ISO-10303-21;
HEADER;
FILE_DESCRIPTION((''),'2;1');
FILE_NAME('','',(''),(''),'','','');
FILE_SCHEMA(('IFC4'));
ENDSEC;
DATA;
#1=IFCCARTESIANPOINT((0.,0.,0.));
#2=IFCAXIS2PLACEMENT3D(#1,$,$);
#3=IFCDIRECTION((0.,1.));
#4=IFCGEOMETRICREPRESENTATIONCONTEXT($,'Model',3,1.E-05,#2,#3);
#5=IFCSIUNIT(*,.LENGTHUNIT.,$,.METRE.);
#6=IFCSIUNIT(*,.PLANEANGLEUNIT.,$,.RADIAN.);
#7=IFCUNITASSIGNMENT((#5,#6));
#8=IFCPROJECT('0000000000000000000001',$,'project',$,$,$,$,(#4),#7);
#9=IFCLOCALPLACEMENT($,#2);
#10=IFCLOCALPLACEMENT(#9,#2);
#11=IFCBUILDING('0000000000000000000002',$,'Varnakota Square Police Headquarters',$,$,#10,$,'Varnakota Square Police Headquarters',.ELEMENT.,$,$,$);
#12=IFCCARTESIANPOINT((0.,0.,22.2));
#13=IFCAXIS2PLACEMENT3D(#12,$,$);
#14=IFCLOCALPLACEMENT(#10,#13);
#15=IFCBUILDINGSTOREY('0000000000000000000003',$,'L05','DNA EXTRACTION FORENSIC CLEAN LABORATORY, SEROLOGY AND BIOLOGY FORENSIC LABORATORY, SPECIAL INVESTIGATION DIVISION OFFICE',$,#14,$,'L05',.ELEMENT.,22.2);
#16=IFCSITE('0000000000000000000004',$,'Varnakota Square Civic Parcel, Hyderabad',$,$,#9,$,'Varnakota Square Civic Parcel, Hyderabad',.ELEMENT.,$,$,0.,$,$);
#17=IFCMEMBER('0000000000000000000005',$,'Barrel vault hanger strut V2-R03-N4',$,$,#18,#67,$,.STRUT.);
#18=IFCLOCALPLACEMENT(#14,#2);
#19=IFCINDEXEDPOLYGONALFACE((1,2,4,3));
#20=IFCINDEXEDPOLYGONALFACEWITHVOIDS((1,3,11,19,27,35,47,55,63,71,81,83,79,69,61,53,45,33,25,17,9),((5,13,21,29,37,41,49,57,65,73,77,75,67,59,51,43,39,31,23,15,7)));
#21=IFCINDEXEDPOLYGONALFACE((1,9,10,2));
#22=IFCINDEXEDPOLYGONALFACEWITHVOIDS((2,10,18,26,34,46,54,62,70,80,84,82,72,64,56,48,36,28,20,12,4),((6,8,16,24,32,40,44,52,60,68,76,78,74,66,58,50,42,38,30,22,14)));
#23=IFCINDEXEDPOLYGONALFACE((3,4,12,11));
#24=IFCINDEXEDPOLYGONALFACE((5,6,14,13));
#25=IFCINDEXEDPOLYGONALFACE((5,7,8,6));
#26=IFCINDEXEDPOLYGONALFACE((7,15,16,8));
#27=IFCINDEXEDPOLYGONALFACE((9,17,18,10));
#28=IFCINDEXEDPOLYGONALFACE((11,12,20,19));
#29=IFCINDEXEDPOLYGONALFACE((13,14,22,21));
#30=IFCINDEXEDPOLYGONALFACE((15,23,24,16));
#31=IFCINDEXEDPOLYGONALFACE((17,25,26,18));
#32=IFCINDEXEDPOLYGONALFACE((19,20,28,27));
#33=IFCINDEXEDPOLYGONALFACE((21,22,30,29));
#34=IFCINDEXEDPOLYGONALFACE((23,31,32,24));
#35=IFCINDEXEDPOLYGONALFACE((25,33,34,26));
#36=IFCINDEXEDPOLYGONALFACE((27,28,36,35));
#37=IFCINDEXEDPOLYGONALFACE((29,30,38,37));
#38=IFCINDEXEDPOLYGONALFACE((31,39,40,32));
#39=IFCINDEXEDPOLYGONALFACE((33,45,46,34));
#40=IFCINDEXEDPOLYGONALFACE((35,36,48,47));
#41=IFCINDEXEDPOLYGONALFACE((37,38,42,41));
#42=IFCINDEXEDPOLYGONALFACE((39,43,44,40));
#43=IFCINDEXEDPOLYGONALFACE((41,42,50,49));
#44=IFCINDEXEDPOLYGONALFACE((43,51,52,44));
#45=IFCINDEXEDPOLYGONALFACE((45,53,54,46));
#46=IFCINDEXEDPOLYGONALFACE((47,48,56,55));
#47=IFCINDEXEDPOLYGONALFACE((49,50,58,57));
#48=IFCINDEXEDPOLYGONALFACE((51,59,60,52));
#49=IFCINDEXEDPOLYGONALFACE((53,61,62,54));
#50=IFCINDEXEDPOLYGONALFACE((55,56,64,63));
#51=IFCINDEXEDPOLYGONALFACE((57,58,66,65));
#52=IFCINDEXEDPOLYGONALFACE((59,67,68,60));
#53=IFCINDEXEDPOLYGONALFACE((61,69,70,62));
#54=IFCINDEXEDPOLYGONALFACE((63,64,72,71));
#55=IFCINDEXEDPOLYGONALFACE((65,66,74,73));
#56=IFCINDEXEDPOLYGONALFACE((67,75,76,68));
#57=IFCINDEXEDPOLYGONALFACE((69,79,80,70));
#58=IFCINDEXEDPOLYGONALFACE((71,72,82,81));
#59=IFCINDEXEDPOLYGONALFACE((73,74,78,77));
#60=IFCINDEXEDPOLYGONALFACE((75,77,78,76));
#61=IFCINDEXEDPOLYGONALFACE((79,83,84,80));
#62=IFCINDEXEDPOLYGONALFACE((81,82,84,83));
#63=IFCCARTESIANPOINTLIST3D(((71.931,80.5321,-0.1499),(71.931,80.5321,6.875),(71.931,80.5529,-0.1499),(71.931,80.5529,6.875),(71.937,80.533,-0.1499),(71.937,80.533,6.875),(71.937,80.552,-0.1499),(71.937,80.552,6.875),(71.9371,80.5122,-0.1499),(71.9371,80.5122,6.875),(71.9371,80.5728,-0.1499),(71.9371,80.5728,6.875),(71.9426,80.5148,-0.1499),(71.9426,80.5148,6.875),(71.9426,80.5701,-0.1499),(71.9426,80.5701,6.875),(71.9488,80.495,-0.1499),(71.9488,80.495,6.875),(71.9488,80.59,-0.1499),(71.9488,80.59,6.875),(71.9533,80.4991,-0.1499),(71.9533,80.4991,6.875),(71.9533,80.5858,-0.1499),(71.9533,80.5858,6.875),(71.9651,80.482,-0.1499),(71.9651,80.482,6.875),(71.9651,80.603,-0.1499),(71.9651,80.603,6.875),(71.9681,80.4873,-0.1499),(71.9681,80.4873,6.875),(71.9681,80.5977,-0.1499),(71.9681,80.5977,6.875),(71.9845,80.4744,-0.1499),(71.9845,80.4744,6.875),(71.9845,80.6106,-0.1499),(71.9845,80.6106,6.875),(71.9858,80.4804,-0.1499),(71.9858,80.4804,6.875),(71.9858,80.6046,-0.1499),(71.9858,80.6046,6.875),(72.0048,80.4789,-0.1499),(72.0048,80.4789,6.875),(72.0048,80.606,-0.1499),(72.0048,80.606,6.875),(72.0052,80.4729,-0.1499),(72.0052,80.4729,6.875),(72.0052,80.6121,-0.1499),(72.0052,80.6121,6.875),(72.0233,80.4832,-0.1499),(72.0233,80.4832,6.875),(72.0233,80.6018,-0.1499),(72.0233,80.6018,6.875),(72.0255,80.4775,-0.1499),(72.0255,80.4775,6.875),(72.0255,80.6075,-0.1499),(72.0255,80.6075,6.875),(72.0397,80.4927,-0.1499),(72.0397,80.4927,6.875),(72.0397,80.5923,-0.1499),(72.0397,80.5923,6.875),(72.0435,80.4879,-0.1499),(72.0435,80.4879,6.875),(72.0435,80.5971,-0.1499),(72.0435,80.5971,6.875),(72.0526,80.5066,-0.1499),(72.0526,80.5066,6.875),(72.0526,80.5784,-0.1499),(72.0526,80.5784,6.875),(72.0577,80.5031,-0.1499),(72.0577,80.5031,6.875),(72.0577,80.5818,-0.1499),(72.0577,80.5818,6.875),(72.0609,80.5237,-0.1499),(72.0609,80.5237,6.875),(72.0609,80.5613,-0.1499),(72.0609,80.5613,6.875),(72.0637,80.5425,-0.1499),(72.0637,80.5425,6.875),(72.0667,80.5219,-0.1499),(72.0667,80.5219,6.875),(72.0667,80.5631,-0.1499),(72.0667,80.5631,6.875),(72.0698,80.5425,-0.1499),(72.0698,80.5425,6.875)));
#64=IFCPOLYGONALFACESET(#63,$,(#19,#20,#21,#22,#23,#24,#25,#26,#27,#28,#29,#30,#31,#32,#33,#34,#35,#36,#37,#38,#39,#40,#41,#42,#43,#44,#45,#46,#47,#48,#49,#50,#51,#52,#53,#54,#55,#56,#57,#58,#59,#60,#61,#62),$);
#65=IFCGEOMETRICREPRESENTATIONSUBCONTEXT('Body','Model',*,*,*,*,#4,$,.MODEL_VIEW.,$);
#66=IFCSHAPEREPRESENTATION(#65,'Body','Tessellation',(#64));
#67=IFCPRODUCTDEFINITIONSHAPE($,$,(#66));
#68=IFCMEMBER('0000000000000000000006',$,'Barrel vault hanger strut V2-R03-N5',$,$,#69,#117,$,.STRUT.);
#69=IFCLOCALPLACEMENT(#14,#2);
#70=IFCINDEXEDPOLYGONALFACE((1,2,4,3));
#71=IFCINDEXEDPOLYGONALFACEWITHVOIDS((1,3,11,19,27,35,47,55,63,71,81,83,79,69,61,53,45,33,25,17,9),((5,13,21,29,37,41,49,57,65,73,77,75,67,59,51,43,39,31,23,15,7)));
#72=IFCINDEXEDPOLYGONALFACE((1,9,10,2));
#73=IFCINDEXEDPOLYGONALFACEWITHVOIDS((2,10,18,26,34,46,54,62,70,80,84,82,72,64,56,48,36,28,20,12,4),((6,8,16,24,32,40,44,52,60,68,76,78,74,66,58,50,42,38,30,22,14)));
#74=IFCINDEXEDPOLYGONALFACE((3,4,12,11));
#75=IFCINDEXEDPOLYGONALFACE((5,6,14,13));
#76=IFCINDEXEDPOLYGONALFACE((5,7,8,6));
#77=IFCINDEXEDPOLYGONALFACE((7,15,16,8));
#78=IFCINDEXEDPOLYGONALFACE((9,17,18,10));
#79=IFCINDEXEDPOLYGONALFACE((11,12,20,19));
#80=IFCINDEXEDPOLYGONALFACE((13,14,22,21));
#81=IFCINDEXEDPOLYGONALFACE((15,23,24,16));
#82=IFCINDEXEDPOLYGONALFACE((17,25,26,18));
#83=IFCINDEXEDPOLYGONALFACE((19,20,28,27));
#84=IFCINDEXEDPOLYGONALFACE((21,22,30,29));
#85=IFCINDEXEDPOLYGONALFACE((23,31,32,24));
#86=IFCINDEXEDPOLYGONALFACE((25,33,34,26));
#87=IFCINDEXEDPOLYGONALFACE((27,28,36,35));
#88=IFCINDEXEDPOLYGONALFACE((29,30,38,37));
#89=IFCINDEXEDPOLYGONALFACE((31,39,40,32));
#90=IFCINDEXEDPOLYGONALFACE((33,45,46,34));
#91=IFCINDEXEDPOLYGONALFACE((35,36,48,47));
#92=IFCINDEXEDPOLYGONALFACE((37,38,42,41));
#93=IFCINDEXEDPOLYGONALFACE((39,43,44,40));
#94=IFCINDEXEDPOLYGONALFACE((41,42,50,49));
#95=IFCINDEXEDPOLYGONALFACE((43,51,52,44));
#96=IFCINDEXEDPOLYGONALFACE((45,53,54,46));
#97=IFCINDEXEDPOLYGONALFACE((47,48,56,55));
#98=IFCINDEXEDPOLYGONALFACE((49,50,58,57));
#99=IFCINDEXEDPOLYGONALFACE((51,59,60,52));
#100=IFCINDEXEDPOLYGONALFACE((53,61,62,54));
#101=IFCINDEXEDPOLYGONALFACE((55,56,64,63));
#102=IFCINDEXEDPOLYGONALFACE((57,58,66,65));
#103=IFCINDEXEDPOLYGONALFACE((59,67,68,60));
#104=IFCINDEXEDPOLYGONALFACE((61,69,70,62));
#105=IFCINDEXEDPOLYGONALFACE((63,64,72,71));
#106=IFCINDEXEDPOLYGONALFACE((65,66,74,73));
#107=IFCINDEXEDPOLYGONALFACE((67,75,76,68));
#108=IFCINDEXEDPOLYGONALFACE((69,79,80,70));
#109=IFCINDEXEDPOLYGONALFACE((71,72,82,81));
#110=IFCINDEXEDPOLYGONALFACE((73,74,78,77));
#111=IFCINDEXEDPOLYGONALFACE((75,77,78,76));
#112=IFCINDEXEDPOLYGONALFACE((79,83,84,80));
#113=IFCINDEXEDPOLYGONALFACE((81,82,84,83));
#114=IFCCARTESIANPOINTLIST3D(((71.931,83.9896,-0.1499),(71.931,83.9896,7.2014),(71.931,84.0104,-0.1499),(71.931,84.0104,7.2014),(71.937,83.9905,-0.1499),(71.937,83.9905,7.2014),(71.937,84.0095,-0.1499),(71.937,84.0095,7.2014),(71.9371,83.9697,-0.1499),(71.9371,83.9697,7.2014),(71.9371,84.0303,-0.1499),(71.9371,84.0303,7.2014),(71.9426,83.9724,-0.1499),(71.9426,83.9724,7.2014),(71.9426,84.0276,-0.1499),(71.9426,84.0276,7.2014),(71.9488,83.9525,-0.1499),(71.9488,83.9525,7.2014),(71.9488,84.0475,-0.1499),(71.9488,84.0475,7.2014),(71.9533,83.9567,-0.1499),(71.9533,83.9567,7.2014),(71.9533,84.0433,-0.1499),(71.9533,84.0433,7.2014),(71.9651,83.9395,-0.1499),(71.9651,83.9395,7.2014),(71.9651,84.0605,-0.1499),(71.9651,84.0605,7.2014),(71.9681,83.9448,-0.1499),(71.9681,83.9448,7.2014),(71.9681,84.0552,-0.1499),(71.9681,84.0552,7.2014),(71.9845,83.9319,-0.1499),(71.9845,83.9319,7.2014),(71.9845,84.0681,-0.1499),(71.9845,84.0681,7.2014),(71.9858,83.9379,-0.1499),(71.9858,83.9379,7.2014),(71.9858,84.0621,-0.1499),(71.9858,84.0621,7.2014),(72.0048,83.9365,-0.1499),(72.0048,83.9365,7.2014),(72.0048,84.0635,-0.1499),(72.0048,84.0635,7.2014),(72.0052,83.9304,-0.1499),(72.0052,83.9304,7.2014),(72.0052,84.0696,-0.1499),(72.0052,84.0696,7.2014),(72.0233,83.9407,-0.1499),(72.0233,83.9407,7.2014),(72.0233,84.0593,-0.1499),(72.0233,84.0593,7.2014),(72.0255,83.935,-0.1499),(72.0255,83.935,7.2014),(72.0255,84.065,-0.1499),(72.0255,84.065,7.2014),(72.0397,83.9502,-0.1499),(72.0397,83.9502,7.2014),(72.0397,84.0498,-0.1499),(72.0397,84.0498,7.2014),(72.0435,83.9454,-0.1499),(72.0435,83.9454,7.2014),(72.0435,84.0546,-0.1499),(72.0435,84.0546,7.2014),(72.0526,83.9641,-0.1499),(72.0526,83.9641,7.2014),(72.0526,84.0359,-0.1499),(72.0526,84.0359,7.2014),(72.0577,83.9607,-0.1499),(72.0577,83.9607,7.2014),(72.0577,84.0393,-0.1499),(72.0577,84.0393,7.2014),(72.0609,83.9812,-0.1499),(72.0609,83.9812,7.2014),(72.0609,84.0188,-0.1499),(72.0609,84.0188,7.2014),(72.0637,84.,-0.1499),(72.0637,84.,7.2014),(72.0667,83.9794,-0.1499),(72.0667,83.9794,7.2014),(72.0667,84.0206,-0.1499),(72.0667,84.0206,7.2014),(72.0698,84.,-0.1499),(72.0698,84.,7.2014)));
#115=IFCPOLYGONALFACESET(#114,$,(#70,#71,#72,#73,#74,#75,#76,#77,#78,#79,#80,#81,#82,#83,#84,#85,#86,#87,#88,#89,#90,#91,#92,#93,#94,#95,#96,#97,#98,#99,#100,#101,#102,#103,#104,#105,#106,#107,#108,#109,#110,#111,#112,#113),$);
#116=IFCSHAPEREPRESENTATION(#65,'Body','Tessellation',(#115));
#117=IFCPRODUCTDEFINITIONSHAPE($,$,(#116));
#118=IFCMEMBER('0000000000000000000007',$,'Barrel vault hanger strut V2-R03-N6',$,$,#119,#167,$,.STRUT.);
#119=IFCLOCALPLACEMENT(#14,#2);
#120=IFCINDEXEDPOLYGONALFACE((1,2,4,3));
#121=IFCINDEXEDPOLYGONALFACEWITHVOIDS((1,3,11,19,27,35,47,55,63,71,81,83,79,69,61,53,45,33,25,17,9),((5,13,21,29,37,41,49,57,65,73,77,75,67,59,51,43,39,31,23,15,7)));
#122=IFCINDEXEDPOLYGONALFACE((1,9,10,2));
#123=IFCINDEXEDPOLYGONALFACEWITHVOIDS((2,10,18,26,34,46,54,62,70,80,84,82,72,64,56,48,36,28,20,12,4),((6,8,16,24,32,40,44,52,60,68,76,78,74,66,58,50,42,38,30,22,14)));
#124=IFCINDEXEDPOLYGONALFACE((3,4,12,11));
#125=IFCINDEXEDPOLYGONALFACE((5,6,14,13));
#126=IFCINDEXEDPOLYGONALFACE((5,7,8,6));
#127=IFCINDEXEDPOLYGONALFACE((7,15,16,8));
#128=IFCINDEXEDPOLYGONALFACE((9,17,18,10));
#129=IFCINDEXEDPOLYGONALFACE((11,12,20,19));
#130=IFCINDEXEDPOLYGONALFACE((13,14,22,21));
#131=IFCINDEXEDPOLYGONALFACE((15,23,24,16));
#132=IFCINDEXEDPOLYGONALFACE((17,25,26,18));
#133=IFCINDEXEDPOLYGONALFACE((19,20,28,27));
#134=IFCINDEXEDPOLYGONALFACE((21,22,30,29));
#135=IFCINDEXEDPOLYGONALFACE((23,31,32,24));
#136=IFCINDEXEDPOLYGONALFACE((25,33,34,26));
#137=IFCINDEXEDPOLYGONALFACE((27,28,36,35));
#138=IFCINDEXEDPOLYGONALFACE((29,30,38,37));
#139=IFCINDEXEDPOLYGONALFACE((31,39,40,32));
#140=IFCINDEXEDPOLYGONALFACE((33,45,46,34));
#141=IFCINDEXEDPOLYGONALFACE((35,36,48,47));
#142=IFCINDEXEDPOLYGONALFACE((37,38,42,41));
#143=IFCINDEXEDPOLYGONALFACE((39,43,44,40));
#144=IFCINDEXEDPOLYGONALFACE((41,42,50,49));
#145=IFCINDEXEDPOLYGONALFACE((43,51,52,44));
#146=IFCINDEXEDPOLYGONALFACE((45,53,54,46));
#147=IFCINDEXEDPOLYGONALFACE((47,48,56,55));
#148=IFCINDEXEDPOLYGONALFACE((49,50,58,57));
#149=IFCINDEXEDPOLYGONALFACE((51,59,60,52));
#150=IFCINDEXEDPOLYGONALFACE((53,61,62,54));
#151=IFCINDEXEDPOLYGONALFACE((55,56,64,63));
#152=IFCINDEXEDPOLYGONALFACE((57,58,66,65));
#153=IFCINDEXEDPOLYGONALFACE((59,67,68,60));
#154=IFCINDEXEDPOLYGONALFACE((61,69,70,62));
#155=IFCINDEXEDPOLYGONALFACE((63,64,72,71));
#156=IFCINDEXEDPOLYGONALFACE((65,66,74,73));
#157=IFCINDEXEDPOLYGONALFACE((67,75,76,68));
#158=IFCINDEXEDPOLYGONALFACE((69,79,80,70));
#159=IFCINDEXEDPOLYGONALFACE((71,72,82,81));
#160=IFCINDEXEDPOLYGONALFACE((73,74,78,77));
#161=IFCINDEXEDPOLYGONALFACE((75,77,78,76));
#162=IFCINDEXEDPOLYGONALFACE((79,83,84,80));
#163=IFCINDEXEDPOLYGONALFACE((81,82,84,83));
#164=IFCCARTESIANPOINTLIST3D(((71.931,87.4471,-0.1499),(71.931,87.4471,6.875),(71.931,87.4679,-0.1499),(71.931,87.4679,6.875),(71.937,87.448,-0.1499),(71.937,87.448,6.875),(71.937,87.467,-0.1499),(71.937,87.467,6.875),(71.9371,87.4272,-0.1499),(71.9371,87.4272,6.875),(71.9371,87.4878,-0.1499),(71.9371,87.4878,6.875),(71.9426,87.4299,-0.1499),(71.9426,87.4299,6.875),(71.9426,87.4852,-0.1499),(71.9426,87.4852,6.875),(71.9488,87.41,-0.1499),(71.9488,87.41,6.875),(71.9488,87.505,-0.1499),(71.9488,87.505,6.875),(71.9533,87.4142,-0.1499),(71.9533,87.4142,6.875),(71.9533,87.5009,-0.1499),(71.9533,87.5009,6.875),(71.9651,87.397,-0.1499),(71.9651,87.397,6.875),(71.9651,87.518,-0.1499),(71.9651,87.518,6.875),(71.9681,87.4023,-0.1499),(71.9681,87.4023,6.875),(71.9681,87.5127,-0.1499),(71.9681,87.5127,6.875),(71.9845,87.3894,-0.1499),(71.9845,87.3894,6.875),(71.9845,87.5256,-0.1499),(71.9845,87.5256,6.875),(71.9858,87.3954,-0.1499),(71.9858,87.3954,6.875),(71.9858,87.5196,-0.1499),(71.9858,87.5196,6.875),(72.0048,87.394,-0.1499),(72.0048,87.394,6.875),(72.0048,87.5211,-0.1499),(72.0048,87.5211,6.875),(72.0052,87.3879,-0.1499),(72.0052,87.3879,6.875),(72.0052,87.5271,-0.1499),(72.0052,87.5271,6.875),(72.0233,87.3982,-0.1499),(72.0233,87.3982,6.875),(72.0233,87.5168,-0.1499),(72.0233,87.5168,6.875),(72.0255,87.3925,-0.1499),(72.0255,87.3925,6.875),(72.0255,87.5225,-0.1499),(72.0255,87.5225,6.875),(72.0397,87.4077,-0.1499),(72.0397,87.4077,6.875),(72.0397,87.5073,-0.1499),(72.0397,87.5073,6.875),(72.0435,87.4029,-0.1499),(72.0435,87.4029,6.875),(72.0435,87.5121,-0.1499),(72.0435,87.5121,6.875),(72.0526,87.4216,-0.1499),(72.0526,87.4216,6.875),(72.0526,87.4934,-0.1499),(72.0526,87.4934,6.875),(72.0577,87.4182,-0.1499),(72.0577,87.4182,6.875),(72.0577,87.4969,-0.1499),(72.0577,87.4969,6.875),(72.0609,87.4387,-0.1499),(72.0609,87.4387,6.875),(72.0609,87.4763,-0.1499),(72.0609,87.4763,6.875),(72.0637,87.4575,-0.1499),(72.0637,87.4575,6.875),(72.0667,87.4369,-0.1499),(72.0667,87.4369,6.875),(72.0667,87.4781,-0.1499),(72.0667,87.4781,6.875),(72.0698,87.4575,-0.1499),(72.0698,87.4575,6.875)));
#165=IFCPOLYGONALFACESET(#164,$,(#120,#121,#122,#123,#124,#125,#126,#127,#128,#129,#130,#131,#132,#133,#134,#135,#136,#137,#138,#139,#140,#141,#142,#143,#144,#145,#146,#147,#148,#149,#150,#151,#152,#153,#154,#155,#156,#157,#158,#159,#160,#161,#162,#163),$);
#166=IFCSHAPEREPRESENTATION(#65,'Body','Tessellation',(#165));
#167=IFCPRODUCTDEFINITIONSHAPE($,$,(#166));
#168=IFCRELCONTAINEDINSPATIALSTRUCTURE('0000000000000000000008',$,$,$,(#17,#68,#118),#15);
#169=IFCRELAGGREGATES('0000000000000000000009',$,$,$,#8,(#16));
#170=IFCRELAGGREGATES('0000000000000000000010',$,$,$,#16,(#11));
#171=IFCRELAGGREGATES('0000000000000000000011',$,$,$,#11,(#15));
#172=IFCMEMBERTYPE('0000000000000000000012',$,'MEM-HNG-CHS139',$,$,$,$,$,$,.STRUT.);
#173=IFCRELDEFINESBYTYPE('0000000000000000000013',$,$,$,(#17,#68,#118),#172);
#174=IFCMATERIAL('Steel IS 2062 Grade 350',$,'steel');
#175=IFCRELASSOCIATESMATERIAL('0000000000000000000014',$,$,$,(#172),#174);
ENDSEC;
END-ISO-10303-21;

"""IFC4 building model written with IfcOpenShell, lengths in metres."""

from ifc_helpers import new_model, si_unit, direction, frame, origin, origin_2d, place, context, subcontext, project, spatial, hollow_circle, extrude, material, material_profile, profile_set, type_object, element, save


model = new_model("IFC4")

# Units and contexts
model_context = context("Model", 3, precision=1e-05, world=origin(), true_north=direction((0.0, 1.0)))
body_context = subcontext(model_context, "Body", "Model", "MODEL_VIEW")
ifc_project = project(units=[si_unit("LENGTHUNIT", "METRE"), si_unit("PLANEANGLEUNIT", "RADIAN")], contexts=[model_context])

# Site, building, storey
site_placement = place(None, origin())
site = spatial("IfcSite", under=ifc_project, at=site_placement, Name="Varnakota Square Civic Parcel, Hyderabad", LongName="Varnakota Square Civic Parcel, Hyderabad", CompositionType="ELEMENT", RefElevation=0.0)
building_placement = place(site_placement, origin())
building = spatial("IfcBuilding", under=site, at=building_placement, Name="Varnakota Square Police Headquarters", LongName="Varnakota Square Police Headquarters", CompositionType="ELEMENT")
storey_placement = place(building_placement, frame((0.0, 0.0, 22.2)))
storey = spatial("IfcBuildingStorey", under=building, at=storey_placement, Name="L05", Description="DNA EXTRACTION FORENSIC CLEAN LABORATORY, SEROLOGY AND BIOLOGY FORENSIC LABORATORY, SPECIAL INVESTIGATION DIVISION OFFICE", LongName="L05", CompositionType="ELEMENT", Elevation=22.2)

# Shared definitions
ifc_material_1 = material(Name="Steel IS 2062 Grade 350", Category="steel")

# Members
ifc_material_profile_1 = material_profile(ifc_material_1, hollow_circle(Radius=0.0698, WallThickness=0.0061, at=origin_2d()), Name="CHS 139.7x6.0")
ifc_profile_set_1 = profile_set([ifc_material_profile_1], Name="Steel IS 2062 Grade 350")
member_type = type_object("IfcMemberType", Name="MEM-HNG-CHS139", PredefinedType="STRUT", material=ifc_profile_set_1)
member_1_placement = place(storey_placement, frame((72.0, 80.5425, -0.1499), z_axis=(0.0, 0.0, 1.0), x_axis=(1.0, 0.0, 0.0)))
element("IfcMember", 1, at=member_1_placement, inside=storey, type_object=member_type, Name="Barrel vault hanger strut V2-R03-N4", PredefinedType="STRUT", context=body_context, shape_type="SweptSolid", body=[
    extrude(hollow_circle(Radius=0.0698, WallThickness=0.0061, at=origin_2d()), origin(), (0.0, 0.0, 1.0), 7.0249),
])
member_2_placement = place(storey_placement, frame((72.0, 84.0, -0.1499), z_axis=(0.0, 0.0, 1.0), x_axis=(1.0, 0.0, 0.0)))
element("IfcMember", 2, at=member_2_placement, inside=storey, type_object=member_type, Name="Barrel vault hanger strut V2-R03-N5", PredefinedType="STRUT", context=body_context, shape_type="SweptSolid", body=[
    extrude(hollow_circle(Radius=0.0698, WallThickness=0.0061, at=origin_2d()), origin(), (0.0, 0.0, 1.0), 7.3513),
])
member_3_placement = place(storey_placement, frame((72.0, 87.4575, -0.1499), z_axis=(0.0, 0.0, 1.0), x_axis=(1.0, 0.0, 0.0)))
element("IfcMember", 3, at=member_3_placement, inside=storey, type_object=member_type, Name="Barrel vault hanger strut V2-R03-N6", PredefinedType="STRUT", context=body_context, shape_type="SweptSolid", body=[
    extrude(hollow_circle(Radius=0.0698, WallThickness=0.0061, at=origin_2d()), origin(), (0.0, 0.0, 1.0), 7.0249),
])

save(model, "model.ifc")
